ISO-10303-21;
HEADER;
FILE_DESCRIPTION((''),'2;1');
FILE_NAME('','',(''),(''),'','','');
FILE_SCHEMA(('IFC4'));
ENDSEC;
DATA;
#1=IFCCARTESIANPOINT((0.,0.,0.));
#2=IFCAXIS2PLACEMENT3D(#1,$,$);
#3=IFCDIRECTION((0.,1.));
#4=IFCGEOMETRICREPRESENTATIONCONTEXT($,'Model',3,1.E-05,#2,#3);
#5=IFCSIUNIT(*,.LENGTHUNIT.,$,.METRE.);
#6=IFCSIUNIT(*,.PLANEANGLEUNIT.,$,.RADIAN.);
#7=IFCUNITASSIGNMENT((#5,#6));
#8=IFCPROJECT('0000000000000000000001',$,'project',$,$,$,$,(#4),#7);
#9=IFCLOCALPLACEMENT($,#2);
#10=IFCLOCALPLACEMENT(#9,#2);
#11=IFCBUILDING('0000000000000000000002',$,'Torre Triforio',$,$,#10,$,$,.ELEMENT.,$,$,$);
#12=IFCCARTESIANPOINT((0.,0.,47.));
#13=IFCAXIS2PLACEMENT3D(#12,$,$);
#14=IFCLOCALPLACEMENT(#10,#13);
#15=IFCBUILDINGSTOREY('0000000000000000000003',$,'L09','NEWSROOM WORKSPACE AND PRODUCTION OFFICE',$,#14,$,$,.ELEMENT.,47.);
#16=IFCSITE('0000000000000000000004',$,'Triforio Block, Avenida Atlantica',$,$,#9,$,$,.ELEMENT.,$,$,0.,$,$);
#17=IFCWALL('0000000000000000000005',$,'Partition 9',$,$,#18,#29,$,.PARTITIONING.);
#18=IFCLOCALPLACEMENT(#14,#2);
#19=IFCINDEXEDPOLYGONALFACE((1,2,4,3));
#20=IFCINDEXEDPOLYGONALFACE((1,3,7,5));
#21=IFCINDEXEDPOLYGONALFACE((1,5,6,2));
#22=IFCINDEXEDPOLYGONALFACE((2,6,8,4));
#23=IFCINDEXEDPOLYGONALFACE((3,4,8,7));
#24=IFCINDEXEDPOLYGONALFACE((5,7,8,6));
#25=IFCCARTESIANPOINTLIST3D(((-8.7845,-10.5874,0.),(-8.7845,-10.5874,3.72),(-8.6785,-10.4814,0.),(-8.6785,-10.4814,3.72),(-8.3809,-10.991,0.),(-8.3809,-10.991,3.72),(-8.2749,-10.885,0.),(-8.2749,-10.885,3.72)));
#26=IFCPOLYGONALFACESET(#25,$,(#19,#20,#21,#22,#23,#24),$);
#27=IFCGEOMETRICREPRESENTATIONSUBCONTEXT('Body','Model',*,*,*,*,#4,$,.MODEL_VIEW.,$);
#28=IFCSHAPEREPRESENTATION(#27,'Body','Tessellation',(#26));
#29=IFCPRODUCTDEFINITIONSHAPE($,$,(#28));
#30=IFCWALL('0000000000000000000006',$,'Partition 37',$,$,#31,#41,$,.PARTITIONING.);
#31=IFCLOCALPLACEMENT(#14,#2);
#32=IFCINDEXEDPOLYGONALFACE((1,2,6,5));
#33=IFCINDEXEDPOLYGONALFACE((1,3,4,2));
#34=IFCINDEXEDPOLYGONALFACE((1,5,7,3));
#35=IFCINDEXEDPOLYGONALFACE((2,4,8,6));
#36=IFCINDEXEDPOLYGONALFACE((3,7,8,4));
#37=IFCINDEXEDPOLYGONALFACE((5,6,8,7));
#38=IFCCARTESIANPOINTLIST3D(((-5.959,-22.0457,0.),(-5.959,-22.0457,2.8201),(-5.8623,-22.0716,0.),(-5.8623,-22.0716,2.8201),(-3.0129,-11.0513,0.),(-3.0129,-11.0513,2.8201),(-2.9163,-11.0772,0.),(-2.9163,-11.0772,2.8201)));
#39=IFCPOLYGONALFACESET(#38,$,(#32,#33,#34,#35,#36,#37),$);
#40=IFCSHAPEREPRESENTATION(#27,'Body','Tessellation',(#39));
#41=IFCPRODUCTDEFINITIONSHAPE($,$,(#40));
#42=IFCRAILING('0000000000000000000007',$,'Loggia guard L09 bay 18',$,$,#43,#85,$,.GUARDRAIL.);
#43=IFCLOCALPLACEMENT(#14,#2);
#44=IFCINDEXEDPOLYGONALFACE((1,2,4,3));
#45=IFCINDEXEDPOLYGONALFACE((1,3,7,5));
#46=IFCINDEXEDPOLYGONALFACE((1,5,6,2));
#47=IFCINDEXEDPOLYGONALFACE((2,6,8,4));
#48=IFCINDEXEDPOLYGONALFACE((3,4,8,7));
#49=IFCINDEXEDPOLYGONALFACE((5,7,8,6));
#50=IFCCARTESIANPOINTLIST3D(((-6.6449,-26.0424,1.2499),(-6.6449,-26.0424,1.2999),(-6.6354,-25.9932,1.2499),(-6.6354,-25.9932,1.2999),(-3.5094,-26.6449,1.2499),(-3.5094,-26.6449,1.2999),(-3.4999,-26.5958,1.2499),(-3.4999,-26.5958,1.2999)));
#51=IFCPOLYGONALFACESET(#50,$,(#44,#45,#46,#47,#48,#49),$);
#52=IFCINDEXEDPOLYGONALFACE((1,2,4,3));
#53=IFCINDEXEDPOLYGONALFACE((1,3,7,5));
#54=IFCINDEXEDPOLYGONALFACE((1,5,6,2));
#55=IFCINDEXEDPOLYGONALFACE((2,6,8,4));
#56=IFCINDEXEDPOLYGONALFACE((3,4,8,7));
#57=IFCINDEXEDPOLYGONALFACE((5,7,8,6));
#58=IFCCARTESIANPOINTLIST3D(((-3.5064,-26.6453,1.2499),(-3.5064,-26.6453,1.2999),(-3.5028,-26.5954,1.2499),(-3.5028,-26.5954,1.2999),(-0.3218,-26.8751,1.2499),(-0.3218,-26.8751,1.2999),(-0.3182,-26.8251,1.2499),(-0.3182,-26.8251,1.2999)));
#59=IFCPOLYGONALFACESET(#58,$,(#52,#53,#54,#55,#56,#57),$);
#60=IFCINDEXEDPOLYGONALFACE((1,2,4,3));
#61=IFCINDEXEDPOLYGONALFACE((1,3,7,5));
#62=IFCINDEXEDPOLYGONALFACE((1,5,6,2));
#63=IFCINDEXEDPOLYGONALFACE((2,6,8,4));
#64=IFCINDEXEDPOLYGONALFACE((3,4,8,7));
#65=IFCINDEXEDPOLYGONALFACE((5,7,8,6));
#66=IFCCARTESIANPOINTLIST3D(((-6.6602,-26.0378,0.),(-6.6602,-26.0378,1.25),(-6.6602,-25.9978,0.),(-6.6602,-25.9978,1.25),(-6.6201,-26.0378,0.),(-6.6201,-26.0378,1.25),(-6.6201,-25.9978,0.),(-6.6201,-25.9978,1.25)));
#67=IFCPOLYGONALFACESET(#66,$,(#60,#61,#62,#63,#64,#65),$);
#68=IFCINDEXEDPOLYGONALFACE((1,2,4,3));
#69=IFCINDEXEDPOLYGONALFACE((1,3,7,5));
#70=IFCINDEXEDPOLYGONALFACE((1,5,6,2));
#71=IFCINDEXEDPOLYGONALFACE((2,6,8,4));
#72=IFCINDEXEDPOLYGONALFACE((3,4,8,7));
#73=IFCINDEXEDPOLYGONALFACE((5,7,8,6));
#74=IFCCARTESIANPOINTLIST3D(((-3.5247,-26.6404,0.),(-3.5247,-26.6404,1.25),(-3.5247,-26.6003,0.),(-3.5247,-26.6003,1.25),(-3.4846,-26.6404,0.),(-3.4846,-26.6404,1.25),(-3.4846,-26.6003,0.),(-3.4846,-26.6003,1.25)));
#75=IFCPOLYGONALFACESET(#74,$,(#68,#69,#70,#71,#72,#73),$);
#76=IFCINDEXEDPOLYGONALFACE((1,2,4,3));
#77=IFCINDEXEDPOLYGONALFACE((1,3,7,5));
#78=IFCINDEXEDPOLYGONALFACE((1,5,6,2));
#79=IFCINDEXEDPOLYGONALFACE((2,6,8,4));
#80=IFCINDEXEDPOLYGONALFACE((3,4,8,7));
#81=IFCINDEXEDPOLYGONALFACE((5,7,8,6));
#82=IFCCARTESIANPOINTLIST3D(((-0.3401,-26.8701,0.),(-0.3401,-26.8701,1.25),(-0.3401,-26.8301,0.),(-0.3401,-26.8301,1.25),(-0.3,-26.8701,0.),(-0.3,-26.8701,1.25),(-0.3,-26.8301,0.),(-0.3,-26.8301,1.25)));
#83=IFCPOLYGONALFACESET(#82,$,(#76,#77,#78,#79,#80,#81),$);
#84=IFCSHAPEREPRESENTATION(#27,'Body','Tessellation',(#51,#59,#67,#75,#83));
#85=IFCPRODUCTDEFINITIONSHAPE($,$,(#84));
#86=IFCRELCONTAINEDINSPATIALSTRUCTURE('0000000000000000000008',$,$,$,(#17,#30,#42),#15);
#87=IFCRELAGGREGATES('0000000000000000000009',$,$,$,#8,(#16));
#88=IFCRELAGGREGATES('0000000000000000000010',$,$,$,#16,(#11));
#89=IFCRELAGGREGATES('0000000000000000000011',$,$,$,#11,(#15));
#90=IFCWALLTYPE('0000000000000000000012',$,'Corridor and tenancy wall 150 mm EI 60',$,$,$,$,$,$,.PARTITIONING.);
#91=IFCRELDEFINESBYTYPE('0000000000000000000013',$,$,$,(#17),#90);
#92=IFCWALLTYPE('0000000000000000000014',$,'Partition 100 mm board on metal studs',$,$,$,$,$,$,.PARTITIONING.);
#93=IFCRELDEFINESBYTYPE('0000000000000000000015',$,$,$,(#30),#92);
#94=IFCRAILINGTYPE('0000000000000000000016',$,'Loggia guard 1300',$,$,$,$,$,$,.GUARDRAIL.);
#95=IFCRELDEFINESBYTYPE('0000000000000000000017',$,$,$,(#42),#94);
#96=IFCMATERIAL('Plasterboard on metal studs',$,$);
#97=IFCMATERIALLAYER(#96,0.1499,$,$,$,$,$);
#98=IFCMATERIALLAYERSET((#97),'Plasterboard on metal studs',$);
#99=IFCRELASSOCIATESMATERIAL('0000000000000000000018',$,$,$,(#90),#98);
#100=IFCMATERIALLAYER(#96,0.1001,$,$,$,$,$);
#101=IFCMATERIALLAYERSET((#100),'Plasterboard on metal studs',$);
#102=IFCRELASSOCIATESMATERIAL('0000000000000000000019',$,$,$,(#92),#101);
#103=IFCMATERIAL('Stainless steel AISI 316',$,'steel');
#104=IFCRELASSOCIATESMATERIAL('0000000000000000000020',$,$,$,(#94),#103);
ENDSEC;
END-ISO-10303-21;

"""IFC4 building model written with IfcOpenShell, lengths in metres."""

from ifc_helpers import new_model, si_unit, direction, frame, frame_2d, origin, origin_2d, place, context, subcontext, project, spatial, rectangle, extrude, material, layer, layer_set, type_object, element, save


model = new_model("IFC4")

# Units and contexts
model_context = context("Model", 3, precision=1e-05, world=origin(), true_north=direction((0.0, 1.0)))
body_context = subcontext(model_context, "Body", "Model", "MODEL_VIEW")
ifc_project = project(units=[si_unit("LENGTHUNIT", "METRE"), si_unit("PLANEANGLEUNIT", "RADIAN")], contexts=[model_context])

# Site, building, storey
site_placement = place(None, origin())
site = spatial("IfcSite", under=ifc_project, at=site_placement, Name="Triforio Block, Avenida Atlantica", CompositionType="ELEMENT", RefElevation=0.0)
building_placement = place(site_placement, origin())
building = spatial("IfcBuilding", under=site, at=building_placement, Name="Torre Triforio", CompositionType="ELEMENT")
storey_placement = place(building_placement, frame((0.0, 0.0, 47.0)))
storey = spatial("IfcBuildingStorey", under=building, at=storey_placement, Name="L09", Description="NEWSROOM WORKSPACE AND PRODUCTION OFFICE", CompositionType="ELEMENT", Elevation=47.0)

# Shared definitions
ifc_material_1 = material(Name="Plasterboard on metal studs")
ifc_layer_1 = layer(ifc_material_1, 0.1499)
ifc_layer_set_1 = layer_set([ifc_layer_1], Name="Plasterboard on metal studs")
wall_type_1 = type_object("IfcWallType", Name="Corridor and tenancy wall 150 mm EI 60", PredefinedType="PARTITIONING", material=ifc_layer_set_1)

# Walls
wall_1_placement = place(storey_placement, frame((-8.3279, -10.938, 0.0), z_axis=(0.0, 0.0, 1.0), x_axis=(-0.707107, 0.707107, 0.0)))
element("IfcWall", 1, at=wall_1_placement, inside=storey, type_object=wall_type_1, Name="Partition 9", PredefinedType="PARTITIONING", context=body_context, shape_type="SweptSolid", body=[
    extrude(rectangle(XDim=0.5708, YDim=0.1499, at=frame_2d((0.2854, 0.0))), origin(), (0.0, 0.0, 1.0), 3.72),
])
ifc_layer_2 = layer(ifc_material_1, 0.1001)
ifc_layer_set_2 = layer_set([ifc_layer_2], Name="Plasterboard on metal studs")
wall_type_2 = type_object("IfcWallType", Name="Partition 100 mm board on metal studs", PredefinedType="PARTITIONING", material=ifc_layer_set_2)
wall_2_placement = place(storey_placement, frame((-2.9646, -11.0642, 0.0), z_axis=(0.0, 0.0, 1.0), x_axis=(-0.258828, -0.965923, 0.0)))
element("IfcWall", 2, at=wall_2_placement, inside=storey, type_object=wall_type_2, Name="Partition 37", PredefinedType="PARTITIONING", context=body_context, shape_type="SweptSolid", body=[
    extrude(rectangle(XDim=11.3823, YDim=0.1001, at=frame_2d((5.6912, 0.0))), origin(), (0.0, 0.0, 1.0), 2.8201),
])

# Railing
ifc_material_2 = material(Name="Stainless steel AISI 316", Category="steel")
railing_type = type_object("IfcRailingType", Name="Loggia guard 1300", PredefinedType="GUARDRAIL", material=ifc_material_2)
railing_placement = place(storey_placement, frame((-6.6401, -26.0178, 0.0)))
element("IfcRailing", 3, at=railing_placement, inside=storey, type_object=railing_type, Name="Loggia guard L09 bay 18", PredefinedType="GUARDRAIL", context=body_context, shape_type="SweptSolid", body=[
    extrude(rectangle(XDim=0.05, YDim=0.05, at=origin_2d()), frame((0.0, 0.0, 1.2749), z_axis=(0.982032, -0.188714, 0.0), x_axis=(0.188714, 0.982032, 0.0)), (0.0, 0.0, 1.0), 3.1929),
    extrude(rectangle(XDim=0.05, YDim=0.05, at=origin_2d()), frame((3.1355, -0.6025, 1.2749), z_axis=(0.997408, -0.071953, 0.0), x_axis=(0.071953, 0.997408, 0.0)), (0.0, 0.0, 1.0), 3.1929),
    extrude(rectangle(XDim=0.04, YDim=0.04, at=origin_2d()), origin(), (0.0, 0.0, 1.0), 1.25),
    extrude(rectangle(XDim=0.04, YDim=0.04, at=origin_2d()), frame((3.1355, -0.6025, 0.0)), (0.0, 0.0, 1.0), 1.25),
    extrude(rectangle(XDim=0.04, YDim=0.04, at=origin_2d()), frame((6.3201, -0.8323, 0.0)), (0.0, 0.0, 1.0), 1.25),
])

save(model, "model.ifc")
